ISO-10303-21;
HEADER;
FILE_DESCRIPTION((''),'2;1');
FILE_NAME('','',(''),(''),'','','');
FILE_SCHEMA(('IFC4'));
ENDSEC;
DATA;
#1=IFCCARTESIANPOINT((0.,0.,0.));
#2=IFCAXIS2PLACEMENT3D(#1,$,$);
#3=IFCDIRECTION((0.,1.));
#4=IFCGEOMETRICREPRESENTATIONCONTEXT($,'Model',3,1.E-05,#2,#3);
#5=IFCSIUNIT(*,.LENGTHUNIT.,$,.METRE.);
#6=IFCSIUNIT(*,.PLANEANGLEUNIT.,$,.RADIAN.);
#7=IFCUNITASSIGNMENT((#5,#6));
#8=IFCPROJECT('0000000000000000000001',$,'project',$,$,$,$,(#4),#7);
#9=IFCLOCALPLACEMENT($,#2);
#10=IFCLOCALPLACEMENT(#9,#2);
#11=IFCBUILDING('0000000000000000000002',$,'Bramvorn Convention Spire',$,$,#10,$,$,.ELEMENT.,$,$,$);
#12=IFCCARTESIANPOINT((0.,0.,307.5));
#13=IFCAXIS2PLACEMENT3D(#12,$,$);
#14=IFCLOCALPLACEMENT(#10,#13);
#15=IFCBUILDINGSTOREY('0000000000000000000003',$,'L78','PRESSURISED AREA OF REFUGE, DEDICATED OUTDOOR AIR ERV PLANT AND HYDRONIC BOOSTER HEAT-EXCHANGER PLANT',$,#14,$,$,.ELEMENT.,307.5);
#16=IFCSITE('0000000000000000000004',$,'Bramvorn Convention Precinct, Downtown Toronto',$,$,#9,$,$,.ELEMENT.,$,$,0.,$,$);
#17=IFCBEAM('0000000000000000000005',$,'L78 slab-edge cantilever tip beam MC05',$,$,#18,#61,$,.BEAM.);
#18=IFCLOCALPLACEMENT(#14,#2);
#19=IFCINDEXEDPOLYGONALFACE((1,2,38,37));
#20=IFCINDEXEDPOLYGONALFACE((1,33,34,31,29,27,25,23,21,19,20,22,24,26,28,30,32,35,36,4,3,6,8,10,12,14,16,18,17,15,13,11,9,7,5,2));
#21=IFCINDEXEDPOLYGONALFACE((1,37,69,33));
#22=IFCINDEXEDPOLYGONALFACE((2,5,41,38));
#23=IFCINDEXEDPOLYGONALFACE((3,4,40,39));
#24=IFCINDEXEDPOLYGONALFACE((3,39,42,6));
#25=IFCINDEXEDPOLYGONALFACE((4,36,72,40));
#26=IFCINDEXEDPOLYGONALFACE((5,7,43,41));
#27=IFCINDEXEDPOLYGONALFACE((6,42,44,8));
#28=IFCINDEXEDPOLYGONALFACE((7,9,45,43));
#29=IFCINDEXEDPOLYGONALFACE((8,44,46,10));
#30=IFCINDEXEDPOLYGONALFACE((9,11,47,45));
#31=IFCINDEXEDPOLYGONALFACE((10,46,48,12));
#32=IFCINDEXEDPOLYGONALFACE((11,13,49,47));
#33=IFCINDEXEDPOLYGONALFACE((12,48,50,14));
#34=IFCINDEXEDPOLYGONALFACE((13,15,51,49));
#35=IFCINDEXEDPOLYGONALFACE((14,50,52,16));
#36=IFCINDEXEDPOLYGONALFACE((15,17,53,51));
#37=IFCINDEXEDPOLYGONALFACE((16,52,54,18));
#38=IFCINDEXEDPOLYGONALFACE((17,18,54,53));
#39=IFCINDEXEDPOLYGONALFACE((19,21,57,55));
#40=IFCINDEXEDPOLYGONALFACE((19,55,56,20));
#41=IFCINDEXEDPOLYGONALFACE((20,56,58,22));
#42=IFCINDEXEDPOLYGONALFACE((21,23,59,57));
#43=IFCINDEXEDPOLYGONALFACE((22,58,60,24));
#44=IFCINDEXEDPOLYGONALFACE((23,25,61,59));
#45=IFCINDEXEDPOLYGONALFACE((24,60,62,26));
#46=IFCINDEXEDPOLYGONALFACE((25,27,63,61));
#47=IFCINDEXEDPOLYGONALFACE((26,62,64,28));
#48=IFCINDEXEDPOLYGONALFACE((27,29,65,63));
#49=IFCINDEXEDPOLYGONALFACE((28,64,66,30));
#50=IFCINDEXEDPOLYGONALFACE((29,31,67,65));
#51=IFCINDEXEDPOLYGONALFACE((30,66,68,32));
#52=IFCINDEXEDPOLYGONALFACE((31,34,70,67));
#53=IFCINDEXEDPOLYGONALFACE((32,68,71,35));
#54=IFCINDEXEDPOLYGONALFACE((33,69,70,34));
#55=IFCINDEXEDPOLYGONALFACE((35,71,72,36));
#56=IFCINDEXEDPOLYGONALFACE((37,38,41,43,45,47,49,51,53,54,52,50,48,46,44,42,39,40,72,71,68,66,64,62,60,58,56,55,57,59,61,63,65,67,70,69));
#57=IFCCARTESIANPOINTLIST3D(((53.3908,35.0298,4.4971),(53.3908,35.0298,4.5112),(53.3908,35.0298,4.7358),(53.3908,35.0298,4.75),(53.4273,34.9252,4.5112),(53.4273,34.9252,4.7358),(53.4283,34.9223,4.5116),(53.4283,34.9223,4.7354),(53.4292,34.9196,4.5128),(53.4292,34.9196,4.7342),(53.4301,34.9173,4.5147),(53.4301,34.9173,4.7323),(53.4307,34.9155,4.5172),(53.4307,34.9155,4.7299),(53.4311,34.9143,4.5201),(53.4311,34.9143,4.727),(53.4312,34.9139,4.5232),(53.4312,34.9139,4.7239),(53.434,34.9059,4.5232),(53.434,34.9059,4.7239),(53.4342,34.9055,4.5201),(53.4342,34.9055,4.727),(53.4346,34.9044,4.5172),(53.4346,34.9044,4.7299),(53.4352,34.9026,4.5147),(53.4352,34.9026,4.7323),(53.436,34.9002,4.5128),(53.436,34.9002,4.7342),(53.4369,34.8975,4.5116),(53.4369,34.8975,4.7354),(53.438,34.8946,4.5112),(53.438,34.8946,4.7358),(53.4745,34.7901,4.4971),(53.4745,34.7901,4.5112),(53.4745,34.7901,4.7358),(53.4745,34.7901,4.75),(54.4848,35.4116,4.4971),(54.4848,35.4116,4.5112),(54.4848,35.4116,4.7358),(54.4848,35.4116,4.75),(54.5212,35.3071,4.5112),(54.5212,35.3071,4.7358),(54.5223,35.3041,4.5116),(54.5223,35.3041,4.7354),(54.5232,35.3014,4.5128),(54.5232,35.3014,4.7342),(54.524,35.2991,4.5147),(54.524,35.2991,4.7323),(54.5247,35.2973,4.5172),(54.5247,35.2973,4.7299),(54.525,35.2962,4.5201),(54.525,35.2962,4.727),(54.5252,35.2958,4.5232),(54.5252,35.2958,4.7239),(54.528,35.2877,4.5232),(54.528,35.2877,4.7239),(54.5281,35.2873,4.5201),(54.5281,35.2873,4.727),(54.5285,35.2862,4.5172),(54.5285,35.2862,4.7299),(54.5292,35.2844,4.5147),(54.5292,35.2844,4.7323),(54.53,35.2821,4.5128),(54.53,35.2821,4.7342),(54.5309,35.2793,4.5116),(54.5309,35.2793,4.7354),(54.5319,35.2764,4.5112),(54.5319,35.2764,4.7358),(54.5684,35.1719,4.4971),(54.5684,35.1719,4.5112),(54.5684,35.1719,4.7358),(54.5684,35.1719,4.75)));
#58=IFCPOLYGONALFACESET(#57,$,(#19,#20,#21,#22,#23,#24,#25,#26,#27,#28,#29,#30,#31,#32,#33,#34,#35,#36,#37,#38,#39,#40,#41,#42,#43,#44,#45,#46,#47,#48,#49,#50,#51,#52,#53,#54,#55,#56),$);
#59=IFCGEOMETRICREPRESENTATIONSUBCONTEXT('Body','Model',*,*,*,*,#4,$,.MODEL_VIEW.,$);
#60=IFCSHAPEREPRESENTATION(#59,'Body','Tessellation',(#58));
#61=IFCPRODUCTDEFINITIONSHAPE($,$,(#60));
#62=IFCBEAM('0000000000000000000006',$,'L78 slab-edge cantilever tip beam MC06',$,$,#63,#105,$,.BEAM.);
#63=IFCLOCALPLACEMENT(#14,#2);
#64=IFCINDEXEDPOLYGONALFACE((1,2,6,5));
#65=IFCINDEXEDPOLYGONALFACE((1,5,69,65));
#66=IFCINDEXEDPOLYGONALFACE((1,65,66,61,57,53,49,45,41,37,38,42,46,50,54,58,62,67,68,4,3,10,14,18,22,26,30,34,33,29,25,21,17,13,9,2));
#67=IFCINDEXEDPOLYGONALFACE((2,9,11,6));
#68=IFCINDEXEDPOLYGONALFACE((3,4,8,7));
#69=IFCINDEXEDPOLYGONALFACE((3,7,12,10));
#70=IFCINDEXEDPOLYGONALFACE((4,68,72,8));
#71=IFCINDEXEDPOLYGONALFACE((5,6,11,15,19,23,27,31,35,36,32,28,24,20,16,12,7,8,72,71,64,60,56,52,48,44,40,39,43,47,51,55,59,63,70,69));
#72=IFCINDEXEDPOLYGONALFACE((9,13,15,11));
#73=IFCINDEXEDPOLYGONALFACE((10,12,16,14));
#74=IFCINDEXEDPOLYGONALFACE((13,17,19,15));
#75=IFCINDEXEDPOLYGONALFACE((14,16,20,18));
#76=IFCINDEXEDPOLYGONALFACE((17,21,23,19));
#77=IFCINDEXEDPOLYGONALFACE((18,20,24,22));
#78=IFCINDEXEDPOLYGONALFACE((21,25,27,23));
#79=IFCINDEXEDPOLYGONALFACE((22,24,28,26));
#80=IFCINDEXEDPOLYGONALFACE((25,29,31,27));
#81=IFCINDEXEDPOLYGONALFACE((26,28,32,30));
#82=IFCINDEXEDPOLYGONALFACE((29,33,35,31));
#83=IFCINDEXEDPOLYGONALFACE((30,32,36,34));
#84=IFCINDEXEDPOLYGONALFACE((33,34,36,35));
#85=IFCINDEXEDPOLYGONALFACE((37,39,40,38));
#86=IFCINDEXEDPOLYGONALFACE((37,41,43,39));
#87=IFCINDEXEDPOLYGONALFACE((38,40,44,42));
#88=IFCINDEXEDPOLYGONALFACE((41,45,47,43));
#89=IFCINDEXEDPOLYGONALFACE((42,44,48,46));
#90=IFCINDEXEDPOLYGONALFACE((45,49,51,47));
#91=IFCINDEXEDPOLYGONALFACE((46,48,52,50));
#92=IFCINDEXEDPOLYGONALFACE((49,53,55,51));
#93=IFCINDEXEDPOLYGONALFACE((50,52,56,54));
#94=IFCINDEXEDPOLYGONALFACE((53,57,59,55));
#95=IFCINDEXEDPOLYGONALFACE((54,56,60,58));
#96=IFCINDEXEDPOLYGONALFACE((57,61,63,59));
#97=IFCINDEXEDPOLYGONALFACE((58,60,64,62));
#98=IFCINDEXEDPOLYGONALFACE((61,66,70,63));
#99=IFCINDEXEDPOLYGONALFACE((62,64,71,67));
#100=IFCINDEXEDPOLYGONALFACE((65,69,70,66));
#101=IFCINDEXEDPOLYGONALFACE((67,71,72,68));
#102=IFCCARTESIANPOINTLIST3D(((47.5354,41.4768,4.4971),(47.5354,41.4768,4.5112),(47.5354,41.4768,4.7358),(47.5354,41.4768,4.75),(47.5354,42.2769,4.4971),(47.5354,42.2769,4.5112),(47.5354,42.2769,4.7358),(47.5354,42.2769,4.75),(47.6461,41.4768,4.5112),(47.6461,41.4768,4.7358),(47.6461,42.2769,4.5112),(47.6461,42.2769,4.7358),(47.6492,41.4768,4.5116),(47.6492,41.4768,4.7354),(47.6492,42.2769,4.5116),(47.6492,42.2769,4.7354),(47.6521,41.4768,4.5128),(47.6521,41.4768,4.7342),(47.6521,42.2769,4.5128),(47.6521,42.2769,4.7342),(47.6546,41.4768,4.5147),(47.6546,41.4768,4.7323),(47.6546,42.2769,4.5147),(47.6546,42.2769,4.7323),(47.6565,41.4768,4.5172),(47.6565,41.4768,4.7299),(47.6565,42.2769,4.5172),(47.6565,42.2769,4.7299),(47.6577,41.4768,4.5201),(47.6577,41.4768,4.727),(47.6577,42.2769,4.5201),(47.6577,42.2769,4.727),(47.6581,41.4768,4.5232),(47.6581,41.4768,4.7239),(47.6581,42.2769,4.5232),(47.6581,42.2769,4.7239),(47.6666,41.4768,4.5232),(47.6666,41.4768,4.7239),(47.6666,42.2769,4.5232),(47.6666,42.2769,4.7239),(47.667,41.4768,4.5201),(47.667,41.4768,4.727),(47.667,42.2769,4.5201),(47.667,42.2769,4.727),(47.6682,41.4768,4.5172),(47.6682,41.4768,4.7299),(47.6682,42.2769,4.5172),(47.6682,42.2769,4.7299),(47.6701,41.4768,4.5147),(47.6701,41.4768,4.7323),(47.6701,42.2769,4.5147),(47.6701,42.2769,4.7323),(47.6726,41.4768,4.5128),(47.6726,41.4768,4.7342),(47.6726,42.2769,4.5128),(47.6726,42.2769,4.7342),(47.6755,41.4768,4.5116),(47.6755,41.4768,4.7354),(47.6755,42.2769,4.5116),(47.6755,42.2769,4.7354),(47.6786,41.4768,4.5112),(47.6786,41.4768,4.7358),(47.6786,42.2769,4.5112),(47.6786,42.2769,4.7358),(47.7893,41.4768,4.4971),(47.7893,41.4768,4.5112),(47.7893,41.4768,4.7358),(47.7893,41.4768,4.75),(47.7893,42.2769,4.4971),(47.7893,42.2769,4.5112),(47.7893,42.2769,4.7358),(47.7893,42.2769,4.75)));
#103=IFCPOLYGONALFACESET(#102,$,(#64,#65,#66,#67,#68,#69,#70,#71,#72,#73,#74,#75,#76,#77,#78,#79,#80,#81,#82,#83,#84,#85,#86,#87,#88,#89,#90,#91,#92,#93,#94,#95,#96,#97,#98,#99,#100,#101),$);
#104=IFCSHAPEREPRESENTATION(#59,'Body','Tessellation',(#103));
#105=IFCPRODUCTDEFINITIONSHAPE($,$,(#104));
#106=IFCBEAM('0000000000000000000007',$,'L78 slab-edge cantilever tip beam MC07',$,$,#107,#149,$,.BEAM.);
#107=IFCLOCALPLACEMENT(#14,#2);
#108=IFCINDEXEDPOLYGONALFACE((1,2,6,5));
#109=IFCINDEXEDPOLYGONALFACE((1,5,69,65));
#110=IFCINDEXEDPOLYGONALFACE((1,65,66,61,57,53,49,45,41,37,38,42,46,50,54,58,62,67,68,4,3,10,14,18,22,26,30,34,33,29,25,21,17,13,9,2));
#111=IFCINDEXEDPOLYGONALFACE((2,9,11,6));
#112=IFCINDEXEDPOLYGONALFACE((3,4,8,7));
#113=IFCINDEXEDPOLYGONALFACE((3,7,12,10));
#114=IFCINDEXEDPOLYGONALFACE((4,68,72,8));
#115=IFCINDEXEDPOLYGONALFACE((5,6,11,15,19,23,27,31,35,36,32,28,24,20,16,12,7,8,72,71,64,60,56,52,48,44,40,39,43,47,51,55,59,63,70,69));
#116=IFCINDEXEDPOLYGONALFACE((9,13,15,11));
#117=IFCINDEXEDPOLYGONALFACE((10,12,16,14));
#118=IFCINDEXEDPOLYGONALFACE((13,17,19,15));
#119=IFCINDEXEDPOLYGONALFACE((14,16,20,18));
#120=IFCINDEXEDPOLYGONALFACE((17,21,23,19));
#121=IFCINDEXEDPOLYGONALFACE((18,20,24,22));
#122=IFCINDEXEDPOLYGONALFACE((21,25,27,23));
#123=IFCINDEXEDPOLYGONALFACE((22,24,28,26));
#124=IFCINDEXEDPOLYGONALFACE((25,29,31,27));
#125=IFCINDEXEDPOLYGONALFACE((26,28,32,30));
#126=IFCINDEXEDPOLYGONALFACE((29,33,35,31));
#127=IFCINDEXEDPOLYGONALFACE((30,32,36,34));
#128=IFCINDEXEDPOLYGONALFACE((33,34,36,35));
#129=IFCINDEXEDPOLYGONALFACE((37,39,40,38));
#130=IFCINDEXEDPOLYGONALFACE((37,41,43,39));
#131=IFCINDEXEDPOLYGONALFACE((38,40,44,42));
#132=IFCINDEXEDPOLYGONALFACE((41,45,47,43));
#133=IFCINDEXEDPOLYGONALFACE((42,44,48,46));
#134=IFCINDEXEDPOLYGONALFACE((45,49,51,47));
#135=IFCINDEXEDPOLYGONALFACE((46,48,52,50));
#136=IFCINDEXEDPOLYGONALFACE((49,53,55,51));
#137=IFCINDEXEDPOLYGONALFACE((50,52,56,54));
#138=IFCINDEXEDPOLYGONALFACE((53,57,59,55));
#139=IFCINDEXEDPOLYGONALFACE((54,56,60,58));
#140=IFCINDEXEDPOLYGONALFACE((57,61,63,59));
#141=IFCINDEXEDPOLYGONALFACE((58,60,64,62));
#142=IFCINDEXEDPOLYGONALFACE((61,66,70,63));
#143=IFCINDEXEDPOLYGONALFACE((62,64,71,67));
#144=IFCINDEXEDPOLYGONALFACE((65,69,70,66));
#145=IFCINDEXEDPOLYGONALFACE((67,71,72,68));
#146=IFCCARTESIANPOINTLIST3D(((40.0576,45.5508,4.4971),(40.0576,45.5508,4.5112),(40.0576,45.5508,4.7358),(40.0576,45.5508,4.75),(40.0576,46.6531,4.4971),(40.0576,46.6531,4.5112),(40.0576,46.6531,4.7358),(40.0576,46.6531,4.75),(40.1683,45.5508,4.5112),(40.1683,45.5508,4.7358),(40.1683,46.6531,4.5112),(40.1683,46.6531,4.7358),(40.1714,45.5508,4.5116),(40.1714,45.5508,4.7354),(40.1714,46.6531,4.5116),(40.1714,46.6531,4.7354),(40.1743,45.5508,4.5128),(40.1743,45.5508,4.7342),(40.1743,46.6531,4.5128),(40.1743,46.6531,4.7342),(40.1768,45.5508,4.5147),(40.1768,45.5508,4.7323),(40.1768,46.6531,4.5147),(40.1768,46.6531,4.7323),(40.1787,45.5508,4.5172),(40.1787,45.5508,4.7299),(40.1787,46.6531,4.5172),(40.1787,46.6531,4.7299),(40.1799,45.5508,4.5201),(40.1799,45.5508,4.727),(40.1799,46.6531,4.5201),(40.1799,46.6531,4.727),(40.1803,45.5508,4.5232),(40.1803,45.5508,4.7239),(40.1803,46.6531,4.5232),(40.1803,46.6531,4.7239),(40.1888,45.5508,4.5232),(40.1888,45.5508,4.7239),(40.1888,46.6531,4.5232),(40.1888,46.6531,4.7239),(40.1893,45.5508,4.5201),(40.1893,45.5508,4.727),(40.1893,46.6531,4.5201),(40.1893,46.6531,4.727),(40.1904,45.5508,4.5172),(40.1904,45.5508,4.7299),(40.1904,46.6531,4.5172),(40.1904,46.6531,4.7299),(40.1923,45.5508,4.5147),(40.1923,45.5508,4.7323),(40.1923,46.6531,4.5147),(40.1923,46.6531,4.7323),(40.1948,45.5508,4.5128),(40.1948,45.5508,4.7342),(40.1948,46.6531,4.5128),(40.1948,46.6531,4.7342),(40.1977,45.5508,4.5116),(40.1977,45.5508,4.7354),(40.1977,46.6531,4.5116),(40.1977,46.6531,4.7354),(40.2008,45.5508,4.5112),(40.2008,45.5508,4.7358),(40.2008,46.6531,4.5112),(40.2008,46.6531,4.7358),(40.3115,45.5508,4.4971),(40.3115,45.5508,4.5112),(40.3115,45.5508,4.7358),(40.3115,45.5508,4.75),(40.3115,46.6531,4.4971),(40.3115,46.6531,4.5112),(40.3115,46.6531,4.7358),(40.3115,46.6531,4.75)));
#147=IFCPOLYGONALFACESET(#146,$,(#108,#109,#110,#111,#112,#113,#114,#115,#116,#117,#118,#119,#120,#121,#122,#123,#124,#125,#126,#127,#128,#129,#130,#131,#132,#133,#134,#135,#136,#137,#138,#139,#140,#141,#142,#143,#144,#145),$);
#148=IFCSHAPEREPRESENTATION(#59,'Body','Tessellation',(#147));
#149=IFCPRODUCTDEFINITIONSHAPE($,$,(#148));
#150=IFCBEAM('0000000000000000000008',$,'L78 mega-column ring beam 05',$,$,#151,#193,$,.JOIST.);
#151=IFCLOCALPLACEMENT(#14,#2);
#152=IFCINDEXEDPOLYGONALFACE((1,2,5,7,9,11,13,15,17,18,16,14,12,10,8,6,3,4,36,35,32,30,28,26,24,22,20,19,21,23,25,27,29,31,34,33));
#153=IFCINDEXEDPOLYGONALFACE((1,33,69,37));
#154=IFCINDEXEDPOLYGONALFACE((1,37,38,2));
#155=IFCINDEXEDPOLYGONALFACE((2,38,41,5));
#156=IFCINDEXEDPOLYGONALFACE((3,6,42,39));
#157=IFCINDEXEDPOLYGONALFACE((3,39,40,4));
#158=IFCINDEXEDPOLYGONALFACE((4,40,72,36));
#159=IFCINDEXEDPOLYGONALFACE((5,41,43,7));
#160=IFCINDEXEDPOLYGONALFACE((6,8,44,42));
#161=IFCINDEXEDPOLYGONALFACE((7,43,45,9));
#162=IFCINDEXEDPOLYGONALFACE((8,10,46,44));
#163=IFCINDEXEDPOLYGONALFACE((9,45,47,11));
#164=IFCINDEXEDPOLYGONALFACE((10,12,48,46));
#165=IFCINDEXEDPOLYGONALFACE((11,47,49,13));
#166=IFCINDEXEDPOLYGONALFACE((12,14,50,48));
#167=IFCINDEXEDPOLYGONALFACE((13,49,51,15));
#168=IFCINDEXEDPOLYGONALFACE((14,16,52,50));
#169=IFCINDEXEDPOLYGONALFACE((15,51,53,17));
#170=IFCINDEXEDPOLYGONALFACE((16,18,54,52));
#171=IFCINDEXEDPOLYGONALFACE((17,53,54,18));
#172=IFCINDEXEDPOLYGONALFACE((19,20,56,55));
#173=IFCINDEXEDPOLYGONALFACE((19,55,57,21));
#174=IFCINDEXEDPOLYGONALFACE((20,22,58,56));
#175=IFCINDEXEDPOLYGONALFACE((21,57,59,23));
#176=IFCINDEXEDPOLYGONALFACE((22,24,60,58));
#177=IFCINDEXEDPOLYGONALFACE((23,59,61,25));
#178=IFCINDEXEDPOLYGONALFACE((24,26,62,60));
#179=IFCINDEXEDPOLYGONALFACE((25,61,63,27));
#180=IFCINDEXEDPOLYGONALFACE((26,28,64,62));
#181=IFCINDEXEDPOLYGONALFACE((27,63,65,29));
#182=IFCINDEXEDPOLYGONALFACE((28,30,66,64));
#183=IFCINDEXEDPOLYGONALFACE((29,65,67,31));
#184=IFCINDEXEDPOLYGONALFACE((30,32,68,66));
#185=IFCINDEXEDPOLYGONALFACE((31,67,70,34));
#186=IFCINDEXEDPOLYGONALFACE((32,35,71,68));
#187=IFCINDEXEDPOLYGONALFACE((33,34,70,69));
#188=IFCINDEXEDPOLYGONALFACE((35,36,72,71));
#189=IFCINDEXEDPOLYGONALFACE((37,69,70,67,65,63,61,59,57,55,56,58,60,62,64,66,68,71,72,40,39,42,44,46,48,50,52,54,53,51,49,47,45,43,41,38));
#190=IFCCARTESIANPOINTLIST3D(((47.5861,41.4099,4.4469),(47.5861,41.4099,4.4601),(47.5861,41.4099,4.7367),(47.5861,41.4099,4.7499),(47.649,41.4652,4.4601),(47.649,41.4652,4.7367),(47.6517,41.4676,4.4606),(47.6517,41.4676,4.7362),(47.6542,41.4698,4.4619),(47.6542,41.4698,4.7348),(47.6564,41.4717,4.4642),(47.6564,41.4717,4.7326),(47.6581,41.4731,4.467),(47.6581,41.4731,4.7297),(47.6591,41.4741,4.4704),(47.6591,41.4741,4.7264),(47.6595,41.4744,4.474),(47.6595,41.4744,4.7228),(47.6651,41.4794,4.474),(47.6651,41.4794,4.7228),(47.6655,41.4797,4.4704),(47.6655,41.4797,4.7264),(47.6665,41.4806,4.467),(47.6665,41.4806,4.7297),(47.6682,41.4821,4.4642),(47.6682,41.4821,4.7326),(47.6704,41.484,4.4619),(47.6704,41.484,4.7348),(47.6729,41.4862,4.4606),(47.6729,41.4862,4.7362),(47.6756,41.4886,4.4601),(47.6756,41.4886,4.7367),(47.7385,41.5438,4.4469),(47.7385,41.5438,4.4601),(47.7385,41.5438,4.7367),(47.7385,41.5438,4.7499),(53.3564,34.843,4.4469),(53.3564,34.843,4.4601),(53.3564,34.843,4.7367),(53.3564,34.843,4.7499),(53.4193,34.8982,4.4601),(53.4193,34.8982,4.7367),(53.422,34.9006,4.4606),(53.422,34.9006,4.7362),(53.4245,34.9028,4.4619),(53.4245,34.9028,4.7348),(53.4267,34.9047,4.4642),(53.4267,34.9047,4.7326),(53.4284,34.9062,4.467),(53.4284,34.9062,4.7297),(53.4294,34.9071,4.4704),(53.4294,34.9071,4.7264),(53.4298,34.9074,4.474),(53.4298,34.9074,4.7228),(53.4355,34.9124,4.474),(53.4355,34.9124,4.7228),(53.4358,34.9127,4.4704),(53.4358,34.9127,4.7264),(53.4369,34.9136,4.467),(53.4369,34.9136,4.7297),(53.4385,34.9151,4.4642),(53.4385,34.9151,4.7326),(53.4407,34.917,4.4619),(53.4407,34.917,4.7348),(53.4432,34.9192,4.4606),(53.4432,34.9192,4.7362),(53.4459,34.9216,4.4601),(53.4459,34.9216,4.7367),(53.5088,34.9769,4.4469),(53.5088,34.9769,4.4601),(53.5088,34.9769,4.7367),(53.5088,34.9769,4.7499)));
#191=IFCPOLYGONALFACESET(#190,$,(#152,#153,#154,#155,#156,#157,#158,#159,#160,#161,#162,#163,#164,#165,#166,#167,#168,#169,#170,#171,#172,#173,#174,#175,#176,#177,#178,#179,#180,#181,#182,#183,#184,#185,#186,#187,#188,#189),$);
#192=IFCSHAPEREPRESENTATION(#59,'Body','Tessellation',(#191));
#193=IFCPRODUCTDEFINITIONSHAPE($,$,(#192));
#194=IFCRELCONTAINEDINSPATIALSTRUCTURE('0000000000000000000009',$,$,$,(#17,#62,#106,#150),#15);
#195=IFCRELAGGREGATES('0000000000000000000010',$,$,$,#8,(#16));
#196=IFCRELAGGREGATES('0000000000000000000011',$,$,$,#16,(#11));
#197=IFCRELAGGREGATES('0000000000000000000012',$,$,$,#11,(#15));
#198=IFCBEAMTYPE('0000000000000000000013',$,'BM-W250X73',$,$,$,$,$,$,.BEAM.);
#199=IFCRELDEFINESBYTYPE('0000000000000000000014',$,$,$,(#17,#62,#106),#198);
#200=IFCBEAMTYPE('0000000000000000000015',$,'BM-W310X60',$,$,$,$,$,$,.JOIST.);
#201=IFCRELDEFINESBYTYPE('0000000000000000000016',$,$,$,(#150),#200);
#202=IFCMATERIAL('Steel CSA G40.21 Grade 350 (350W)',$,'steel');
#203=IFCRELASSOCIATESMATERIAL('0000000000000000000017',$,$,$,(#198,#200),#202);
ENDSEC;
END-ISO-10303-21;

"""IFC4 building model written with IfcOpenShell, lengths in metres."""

from ifc_helpers import new_model, si_unit, direction, frame, origin, origin_2d, place, context, subcontext, project, spatial, i_section, extrude, material, material_profile, profile_set, type_object, element, save


model = new_model("IFC4")

# Units and contexts
model_context = context("Model", 3, precision=1e-05, world=origin(), true_north=direction((0.0, 1.0)))
body_context = subcontext(model_context, "Body", "Model", "MODEL_VIEW")
ifc_project = project(units=[si_unit("LENGTHUNIT", "METRE"), si_unit("PLANEANGLEUNIT", "RADIAN")], contexts=[model_context])

# Site, building, storey
site_placement = place(None, origin())
site = spatial("IfcSite", under=ifc_project, at=site_placement, Name="Bramvorn Convention Precinct, Downtown Toronto", CompositionType="ELEMENT", RefElevation=0.0)
building_placement = place(site_placement, origin())
building = spatial("IfcBuilding", under=site, at=building_placement, Name="Bramvorn Convention Spire", CompositionType="ELEMENT")
storey_placement = place(building_placement, frame((0.0, 0.0, 307.5)))
storey = spatial("IfcBuildingStorey", under=building, at=storey_placement, Name="L78", Description="PRESSURISED AREA OF REFUGE, DEDICATED OUTDOOR AIR ERV PLANT AND HYDRONIC BOOSTER HEAT-EXCHANGER PLANT", CompositionType="ELEMENT", Elevation=307.5)

# Shared definitions
ifc_material_1 = material(Name="Steel CSA G40.21 Grade 350 (350W)", Category="steel")

# Beams
ifc_material_profile_1 = material_profile(ifc_material_1, i_section(OverallWidth=0.2539, OverallDepth=0.2529, WebThickness=0.0085, FlangeThickness=0.0142, FilletRadius=0.012, at=origin_2d()))
ifc_profile_set_1 = profile_set([ifc_material_profile_1], Name="Steel CSA G40.21 Grade 350 (350W) - W250X73")
beam_type_1 = type_object("IfcBeamType", Name="BM-W250X73", PredefinedType="BEAM", material=ifc_profile_set_1)
beam_1_placement = place(storey_placement, frame((53.4326, 34.9099, 4.6235), z_axis=(0.944144, 0.329534, 0.0), x_axis=(-0.329534, 0.944144, 0.0)))
element("IfcBeam", 1, at=beam_1_placement, inside=storey, type_object=beam_type_1, Name="L78 slab-edge cantilever tip beam MC05", PredefinedType="BEAM", context=body_context, shape_type="SweptSolid", body=[
    extrude(i_section(OverallWidth=0.2539, OverallDepth=0.2529, WebThickness=0.0085, FlangeThickness=0.0142, FilletRadius=0.012, at=origin_2d()), origin(), (0.0, 0.0, 1.0), 1.1587),
])
beam_2_placement = place(storey_placement, frame((47.6624, 41.4768, 4.6235), z_axis=(0.0, 1.0, 0.0), x_axis=(-1.0, 0.0, 0.0)))
element("IfcBeam", 2, at=beam_2_placement, inside=storey, type_object=beam_type_1, Name="L78 slab-edge cantilever tip beam MC06", PredefinedType="BEAM", context=body_context, shape_type="SweptSolid", body=[
    extrude(i_section(OverallWidth=0.2539, OverallDepth=0.2529, WebThickness=0.0085, FlangeThickness=0.0142, FilletRadius=0.012, at=origin_2d()), origin(), (0.0, 0.0, 1.0), 0.8),
])
beam_3_placement = place(storey_placement, frame((40.1846, 45.5508, 4.6235), z_axis=(0.0, 1.0, 0.0), x_axis=(-1.0, 0.0, 0.0)))
element("IfcBeam", 3, at=beam_3_placement, inside=storey, type_object=beam_type_1, Name="L78 slab-edge cantilever tip beam MC07", PredefinedType="BEAM", context=body_context, shape_type="SweptSolid", body=[
    extrude(i_section(OverallWidth=0.2539, OverallDepth=0.2529, WebThickness=0.0085, FlangeThickness=0.0142, FilletRadius=0.012, at=origin_2d()), origin(), (0.0, 0.0, 1.0), 1.1023),
])
ifc_material_profile_2 = material_profile(ifc_material_1, i_section(OverallWidth=0.2029, OverallDepth=0.303, WebThickness=0.0076, FlangeThickness=0.0132, FilletRadius=0.0139, at=origin_2d()))
ifc_profile_set_2 = profile_set([ifc_material_profile_2], Name="Steel CSA G40.21 Grade 350 (350W) - W310X60")
beam_type_2 = type_object("IfcBeamType", Name="BM-W310X60", PredefinedType="JOIST", material=ifc_profile_set_2)
beam_4_placement = place(storey_placement, frame((53.4326, 34.9099, 4.5984), z_axis=(-0.660073, 0.751201, 0.0), x_axis=(-0.751201, -0.660073, 0.0)))
element("IfcBeam", 4, at=beam_4_placement, inside=storey, type_object=beam_type_2, Name="L78 mega-column ring beam 05", PredefinedType="JOIST", context=body_context, shape_type="SweptSolid", body=[
    extrude(i_section(OverallWidth=0.2029, OverallDepth=0.303, WebThickness=0.0076, FlangeThickness=0.0132, FilletRadius=0.0139, at=origin_2d()), origin(), (0.0, 0.0, 1.0), 8.7419),
])

save(model, "model.ifc")
